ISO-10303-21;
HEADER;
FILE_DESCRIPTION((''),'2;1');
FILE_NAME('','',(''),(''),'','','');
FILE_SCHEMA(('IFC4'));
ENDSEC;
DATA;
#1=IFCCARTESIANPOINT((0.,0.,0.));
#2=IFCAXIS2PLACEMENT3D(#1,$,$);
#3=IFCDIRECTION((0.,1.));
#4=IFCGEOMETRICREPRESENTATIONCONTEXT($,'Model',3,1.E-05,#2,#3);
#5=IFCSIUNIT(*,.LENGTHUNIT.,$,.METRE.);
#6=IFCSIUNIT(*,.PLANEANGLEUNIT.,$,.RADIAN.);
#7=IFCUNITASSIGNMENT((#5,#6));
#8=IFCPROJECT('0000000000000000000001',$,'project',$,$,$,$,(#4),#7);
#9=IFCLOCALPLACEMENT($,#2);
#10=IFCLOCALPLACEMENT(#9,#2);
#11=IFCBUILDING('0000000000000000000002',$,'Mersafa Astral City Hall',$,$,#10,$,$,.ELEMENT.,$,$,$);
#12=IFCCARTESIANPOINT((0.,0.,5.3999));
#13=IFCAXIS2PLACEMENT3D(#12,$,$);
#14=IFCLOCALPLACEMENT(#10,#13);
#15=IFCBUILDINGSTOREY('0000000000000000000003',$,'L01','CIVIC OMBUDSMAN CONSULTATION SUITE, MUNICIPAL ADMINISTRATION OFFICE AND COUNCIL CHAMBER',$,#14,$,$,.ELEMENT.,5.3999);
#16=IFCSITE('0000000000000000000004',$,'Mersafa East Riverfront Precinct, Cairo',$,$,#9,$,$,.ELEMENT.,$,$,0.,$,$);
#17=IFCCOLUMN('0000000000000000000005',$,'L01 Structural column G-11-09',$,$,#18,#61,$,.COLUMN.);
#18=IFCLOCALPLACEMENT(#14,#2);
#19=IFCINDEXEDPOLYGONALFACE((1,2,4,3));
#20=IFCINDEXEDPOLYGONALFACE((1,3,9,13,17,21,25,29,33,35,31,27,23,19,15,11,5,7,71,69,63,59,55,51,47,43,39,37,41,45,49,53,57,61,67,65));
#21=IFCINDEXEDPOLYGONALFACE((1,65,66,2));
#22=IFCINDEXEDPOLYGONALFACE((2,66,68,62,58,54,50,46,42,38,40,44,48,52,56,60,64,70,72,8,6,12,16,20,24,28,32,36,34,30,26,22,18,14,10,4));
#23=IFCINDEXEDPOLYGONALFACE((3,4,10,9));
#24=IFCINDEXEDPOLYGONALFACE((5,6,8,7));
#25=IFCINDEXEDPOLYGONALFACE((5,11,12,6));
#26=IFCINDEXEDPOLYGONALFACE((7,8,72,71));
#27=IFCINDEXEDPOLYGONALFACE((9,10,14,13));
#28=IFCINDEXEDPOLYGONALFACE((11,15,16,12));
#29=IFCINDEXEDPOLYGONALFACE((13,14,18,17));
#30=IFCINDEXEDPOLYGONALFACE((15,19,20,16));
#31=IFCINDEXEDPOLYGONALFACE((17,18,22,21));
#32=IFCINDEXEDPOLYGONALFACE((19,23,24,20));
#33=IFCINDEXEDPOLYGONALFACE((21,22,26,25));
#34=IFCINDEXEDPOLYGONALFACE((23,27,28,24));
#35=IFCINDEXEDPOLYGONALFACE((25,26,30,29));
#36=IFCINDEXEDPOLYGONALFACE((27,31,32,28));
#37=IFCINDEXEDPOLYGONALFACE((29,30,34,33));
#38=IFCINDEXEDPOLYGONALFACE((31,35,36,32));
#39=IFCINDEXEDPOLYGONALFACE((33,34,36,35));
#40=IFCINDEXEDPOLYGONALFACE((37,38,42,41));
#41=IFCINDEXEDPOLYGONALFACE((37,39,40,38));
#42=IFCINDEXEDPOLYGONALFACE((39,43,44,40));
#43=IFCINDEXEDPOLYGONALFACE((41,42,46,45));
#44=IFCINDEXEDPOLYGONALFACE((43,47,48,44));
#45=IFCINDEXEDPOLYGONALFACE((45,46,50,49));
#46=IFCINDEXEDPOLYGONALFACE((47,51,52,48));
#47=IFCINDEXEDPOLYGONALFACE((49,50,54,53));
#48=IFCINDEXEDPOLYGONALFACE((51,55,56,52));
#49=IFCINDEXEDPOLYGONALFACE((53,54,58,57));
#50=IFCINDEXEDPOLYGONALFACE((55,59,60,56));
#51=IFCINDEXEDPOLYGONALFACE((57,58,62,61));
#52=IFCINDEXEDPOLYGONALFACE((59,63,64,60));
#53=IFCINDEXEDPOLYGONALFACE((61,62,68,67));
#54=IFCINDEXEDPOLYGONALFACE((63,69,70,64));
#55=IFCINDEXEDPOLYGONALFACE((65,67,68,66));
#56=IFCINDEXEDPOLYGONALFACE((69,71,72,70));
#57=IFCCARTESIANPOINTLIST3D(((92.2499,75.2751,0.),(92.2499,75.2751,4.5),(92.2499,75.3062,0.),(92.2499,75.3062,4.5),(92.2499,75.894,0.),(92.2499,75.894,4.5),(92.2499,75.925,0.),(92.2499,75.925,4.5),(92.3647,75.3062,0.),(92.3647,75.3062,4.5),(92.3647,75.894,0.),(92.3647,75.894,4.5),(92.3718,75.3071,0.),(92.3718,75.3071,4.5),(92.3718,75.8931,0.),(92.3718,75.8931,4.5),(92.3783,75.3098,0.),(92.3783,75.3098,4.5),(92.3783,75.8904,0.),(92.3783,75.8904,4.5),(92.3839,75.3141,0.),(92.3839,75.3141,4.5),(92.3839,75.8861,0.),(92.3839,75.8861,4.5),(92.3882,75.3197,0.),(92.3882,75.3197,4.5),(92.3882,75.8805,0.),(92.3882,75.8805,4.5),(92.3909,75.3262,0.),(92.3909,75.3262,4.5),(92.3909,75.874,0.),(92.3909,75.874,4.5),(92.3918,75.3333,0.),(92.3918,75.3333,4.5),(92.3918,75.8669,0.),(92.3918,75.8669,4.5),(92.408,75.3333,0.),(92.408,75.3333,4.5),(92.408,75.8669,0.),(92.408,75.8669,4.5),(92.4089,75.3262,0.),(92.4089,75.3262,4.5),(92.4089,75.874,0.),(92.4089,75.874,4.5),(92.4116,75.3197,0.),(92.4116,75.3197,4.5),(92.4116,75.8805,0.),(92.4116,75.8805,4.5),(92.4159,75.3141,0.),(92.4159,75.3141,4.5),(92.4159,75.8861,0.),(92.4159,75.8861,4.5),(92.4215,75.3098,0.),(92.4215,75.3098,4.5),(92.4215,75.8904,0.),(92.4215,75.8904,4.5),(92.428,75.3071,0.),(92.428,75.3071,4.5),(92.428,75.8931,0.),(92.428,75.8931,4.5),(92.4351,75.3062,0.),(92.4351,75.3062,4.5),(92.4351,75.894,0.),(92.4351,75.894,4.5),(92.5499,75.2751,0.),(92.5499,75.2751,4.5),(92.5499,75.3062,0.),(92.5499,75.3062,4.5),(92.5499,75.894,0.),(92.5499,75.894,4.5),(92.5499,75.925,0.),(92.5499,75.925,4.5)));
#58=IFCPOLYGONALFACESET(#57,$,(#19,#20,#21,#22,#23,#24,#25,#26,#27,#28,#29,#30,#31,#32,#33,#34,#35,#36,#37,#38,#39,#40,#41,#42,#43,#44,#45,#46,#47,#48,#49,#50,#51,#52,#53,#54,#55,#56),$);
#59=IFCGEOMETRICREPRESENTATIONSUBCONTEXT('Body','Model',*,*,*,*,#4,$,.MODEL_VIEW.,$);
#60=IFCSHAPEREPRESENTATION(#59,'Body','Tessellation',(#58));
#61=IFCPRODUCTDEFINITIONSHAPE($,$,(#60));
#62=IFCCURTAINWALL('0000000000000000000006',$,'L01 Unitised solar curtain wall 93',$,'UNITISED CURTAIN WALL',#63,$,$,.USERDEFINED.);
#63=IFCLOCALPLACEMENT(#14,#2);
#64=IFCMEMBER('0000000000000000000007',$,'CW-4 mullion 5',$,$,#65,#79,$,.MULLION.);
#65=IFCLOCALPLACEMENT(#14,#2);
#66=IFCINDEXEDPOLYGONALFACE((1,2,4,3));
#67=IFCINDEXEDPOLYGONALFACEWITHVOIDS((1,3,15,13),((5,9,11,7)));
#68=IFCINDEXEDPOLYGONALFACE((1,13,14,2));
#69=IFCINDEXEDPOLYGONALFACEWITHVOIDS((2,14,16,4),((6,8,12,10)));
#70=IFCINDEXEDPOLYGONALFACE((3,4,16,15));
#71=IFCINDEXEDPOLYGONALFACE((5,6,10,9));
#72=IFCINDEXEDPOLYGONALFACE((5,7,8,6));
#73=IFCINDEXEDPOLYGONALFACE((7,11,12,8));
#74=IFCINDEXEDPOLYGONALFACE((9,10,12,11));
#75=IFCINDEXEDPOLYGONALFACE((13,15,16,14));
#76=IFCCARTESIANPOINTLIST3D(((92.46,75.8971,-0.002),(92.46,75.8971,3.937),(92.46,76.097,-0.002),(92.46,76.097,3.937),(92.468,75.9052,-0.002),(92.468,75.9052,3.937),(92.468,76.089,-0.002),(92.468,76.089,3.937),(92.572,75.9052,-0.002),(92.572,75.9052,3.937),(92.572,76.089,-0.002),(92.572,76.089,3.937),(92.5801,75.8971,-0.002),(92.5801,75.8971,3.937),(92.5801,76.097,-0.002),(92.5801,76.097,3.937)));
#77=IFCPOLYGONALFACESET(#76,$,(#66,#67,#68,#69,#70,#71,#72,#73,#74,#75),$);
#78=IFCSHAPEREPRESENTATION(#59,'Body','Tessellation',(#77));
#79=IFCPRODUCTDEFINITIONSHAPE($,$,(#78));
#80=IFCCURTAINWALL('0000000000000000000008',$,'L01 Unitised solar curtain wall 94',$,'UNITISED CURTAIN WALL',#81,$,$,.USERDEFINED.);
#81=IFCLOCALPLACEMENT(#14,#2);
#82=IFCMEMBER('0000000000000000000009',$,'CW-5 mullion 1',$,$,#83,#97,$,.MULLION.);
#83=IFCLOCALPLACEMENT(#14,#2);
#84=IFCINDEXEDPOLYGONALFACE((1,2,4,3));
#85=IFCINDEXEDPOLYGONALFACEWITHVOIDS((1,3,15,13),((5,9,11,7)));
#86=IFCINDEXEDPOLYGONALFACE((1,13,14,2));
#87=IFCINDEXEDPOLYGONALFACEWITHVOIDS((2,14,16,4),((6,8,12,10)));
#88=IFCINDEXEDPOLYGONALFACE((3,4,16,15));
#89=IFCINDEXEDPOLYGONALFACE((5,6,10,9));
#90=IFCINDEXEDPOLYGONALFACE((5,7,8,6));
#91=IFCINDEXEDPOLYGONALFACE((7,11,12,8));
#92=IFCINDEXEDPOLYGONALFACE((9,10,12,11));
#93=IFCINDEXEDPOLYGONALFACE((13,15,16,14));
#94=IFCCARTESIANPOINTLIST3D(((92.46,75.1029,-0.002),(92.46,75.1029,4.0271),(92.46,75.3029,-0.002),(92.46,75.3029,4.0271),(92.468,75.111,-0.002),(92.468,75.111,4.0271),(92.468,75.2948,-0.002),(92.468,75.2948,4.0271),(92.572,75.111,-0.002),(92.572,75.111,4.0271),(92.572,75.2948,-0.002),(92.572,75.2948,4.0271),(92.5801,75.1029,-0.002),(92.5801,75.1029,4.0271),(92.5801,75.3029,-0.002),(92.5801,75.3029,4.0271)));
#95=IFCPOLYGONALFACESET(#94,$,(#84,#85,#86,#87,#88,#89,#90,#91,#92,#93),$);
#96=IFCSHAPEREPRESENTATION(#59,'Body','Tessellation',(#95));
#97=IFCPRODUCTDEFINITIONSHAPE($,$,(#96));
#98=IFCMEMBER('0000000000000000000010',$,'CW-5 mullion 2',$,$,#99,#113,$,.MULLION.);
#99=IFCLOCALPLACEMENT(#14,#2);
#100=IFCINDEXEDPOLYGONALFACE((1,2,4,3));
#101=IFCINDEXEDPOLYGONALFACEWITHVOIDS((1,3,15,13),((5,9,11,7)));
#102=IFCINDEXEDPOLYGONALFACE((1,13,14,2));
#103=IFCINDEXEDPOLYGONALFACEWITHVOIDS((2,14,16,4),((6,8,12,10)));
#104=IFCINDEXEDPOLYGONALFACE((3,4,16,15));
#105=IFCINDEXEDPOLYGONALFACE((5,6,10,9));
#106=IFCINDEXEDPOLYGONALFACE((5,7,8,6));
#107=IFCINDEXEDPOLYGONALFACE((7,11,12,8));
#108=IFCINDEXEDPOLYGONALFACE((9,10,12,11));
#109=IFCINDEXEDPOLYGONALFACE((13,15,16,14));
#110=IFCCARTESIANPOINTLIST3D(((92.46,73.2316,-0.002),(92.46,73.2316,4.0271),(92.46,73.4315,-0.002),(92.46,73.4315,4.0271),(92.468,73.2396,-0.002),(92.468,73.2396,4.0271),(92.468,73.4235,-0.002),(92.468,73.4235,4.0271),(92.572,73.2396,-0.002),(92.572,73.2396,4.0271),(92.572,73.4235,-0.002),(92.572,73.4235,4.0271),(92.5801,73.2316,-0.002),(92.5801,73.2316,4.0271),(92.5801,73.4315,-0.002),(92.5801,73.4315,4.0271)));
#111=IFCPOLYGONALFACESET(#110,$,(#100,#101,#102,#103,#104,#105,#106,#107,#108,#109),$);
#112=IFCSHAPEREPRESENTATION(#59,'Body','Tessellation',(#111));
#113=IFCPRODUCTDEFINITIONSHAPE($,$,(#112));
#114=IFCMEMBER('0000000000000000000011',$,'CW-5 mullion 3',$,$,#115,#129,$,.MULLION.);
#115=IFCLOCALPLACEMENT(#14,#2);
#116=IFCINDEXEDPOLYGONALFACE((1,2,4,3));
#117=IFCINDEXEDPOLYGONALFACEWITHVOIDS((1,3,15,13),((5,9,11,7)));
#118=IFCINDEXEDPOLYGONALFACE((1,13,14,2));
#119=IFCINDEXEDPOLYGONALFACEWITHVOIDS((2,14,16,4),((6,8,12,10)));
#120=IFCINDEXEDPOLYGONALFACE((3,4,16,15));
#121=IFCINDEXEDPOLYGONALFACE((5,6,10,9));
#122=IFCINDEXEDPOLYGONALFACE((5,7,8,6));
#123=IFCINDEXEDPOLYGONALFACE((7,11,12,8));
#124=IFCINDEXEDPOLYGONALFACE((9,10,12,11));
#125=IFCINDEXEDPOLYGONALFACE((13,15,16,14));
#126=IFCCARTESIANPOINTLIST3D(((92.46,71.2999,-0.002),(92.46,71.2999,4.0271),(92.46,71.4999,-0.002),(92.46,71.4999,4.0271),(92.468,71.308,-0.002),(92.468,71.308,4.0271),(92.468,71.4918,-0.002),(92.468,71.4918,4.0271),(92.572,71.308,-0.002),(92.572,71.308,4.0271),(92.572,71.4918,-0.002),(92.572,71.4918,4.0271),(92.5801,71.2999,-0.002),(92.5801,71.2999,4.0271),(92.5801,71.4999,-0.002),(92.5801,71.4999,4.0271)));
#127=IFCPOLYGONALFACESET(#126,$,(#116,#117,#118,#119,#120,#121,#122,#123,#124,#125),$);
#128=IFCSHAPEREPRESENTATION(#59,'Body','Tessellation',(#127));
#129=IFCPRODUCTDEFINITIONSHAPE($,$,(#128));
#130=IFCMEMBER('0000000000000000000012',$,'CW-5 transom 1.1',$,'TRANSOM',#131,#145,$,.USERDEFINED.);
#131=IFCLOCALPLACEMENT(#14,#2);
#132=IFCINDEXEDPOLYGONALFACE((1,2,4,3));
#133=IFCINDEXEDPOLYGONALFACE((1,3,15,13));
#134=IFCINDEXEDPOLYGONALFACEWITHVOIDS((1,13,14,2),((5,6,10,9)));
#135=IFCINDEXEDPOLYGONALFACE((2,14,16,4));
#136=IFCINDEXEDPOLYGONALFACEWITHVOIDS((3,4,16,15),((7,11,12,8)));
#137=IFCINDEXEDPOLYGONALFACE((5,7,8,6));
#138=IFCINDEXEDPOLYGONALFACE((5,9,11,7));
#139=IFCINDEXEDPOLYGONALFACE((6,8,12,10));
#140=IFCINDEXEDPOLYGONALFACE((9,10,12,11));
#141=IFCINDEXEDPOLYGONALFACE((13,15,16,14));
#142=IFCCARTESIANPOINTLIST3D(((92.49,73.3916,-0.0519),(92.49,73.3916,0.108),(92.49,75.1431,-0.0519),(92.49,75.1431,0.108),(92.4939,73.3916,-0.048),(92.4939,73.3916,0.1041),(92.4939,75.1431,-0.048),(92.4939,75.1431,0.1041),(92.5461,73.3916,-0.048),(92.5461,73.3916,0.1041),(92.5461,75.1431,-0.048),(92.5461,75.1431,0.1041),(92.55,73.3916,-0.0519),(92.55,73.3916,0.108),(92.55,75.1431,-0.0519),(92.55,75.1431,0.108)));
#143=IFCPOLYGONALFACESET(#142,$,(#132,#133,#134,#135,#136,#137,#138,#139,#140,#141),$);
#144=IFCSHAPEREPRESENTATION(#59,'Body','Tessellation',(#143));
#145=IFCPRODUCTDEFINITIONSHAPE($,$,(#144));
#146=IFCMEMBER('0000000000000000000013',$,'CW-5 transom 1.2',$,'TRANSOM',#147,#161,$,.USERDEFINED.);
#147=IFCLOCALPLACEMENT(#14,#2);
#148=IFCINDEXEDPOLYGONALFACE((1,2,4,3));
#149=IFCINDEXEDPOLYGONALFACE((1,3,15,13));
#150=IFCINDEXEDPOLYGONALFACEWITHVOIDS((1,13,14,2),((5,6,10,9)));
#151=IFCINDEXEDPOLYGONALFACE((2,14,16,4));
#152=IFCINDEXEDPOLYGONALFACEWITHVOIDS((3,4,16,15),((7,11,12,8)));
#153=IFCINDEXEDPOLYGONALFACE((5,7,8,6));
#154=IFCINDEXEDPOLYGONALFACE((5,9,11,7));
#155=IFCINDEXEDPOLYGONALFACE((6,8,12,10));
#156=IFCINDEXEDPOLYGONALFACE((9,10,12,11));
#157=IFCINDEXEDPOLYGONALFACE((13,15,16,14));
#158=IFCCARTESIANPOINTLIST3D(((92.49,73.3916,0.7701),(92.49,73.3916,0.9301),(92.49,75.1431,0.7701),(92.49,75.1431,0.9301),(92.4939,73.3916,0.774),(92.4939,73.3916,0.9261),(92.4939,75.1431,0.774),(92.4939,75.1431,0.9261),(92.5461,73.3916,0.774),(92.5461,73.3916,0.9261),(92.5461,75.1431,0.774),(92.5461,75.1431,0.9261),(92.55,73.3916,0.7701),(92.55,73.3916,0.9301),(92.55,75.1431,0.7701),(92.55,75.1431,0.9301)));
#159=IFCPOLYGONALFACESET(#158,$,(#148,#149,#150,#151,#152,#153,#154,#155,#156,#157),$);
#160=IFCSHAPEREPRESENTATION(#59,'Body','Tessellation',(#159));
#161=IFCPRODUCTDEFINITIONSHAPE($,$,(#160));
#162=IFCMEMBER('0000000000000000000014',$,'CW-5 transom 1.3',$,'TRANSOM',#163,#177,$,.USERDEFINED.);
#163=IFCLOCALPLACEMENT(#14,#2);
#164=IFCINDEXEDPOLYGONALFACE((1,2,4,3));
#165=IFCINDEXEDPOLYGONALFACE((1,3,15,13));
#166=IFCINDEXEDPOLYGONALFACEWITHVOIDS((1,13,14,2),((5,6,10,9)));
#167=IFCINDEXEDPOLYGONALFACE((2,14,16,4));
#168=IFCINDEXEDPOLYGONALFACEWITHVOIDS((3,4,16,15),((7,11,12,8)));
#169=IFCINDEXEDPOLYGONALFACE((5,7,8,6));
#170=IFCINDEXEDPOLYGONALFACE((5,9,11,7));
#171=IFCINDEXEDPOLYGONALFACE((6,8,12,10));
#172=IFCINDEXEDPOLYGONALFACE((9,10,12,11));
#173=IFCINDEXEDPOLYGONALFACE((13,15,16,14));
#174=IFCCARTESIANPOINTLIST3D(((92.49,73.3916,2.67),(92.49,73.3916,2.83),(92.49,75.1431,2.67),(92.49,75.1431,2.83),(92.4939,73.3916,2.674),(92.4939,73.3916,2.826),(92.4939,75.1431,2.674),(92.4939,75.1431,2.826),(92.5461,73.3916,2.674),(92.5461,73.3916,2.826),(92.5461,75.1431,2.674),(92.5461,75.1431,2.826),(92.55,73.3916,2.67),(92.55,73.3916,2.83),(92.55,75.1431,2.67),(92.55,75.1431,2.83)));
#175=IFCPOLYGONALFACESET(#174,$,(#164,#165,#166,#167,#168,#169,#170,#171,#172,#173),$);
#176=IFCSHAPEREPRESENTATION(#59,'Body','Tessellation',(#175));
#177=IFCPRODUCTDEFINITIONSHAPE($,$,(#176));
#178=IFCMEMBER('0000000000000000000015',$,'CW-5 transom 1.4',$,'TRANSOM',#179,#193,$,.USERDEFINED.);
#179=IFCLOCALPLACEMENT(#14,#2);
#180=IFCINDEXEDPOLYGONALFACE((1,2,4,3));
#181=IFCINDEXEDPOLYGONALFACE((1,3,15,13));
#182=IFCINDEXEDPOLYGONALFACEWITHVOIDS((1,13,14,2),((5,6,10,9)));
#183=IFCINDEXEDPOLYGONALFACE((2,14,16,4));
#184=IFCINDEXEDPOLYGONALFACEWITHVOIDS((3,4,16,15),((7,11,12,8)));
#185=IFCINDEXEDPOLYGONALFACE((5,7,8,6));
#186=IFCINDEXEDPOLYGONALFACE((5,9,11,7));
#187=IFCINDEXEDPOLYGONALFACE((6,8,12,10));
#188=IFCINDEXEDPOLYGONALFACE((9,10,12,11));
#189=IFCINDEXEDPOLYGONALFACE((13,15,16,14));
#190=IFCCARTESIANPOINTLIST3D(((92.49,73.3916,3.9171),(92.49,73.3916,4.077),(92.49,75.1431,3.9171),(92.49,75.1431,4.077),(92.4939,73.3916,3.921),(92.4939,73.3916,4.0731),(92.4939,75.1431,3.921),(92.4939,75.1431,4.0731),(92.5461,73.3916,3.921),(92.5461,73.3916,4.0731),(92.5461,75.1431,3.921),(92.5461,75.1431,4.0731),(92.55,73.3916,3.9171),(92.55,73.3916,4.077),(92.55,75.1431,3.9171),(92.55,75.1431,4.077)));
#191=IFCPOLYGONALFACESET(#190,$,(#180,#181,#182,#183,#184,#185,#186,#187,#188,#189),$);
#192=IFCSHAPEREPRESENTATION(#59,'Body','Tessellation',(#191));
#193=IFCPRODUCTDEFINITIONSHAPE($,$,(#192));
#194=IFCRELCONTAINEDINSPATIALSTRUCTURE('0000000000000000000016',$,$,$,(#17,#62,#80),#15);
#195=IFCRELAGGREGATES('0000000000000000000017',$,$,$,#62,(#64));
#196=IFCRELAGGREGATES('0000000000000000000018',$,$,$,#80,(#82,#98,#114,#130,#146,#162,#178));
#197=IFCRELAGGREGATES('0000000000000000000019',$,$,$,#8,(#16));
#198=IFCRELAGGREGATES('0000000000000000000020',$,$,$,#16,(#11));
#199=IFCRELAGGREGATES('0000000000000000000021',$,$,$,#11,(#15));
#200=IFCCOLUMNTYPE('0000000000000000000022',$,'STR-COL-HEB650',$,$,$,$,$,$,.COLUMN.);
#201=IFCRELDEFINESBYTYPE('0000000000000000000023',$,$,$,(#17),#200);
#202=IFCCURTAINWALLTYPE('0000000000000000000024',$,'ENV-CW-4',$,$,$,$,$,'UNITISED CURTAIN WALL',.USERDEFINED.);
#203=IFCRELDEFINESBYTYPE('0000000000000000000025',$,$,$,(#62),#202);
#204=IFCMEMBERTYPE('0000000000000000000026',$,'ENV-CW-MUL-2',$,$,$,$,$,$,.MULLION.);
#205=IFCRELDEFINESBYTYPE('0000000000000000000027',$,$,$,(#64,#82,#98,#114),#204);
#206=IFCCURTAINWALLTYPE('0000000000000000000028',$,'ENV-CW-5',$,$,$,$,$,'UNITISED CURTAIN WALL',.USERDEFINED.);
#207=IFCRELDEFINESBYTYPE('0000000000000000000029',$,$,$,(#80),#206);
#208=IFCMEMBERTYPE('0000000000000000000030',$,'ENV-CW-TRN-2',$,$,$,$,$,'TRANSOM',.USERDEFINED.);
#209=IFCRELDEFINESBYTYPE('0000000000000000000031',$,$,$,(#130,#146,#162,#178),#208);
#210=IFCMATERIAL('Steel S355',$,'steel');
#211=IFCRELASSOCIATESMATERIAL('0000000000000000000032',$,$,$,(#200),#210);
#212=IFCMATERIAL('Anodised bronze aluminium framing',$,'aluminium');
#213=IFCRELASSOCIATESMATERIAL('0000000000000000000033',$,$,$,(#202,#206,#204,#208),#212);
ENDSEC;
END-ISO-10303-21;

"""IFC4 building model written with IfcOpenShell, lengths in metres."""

from ifc_helpers import new_model, si_unit, direction, frame, origin, origin_2d, place, context, subcontext, project, spatial, hollow_rectangle, i_section, extrude, material, material_profile, profile_set, type_object, element, aggregate, save


model = new_model("IFC4")

# Units and contexts
model_context = context("Model", 3, precision=1e-05, world=origin(), true_north=direction((0.0, 1.0)))
body_context = subcontext(model_context, "Body", "Model", "MODEL_VIEW")
ifc_project = project(units=[si_unit("LENGTHUNIT", "METRE"), si_unit("PLANEANGLEUNIT", "RADIAN")], contexts=[model_context])

# Site, building, storey
site_placement = place(None, origin())
site = spatial("IfcSite", under=ifc_project, at=site_placement, Name="Mersafa East Riverfront Precinct, Cairo", CompositionType="ELEMENT", RefElevation=0.0)
building_placement = place(site_placement, origin())
building = spatial("IfcBuilding", under=site, at=building_placement, Name="Mersafa Astral City Hall", CompositionType="ELEMENT")
storey_placement = place(building_placement, frame((0.0, 0.0, 5.3999)))
storey = spatial("IfcBuildingStorey", under=building, at=storey_placement, Name="L01", Description="CIVIC OMBUDSMAN CONSULTATION SUITE, MUNICIPAL ADMINISTRATION OFFICE AND COUNCIL CHAMBER", CompositionType="ELEMENT", Elevation=5.3999)

# Column
ifc_material_1 = material(Name="Steel S355", Category="steel")
ifc_material_profile_1 = material_profile(ifc_material_1, i_section(OverallWidth=0.3, OverallDepth=0.6499, WebThickness=0.0161, FlangeThickness=0.031, FilletRadius=0.0271, at=origin_2d()), Name="HEB 650")
ifc_profile_set_1 = profile_set([ifc_material_profile_1], Name="Steel S355")
column_type = type_object("IfcColumnType", Name="STR-COL-HEB650", PredefinedType="COLUMN", material=ifc_profile_set_1)
column_placement = place(storey_placement, frame((92.3999, 75.6001, 0.0), z_axis=(0.0, 0.0, 1.0), x_axis=(1.0, 0.0, 0.0)))
element("IfcColumn", 1, at=column_placement, inside=storey, type_object=column_type, Name="L01 Structural column G-11-09", PredefinedType="COLUMN", context=body_context, shape_type="SweptSolid", body=[
    extrude(i_section(OverallWidth=0.3, OverallDepth=0.6499, WebThickness=0.0161, FlangeThickness=0.031, FilletRadius=0.0271, at=origin_2d()), origin(), (0.0, 0.0, 1.0), 4.5),
])

# Curtain wall, member
ifc_material_2 = material(Name="Anodised bronze aluminium framing", Category="aluminium")
curtain_wall_type_1 = type_object("IfcCurtainWallType", Name="ENV-CW-4", ElementType="UNITISED CURTAIN WALL", PredefinedType="USERDEFINED", material=ifc_material_2)
curtain_wall_1_placement = place(storey_placement, origin())
curtain_wall_1 = element("IfcCurtainWall", 2, at=curtain_wall_1_placement, inside=storey, type_object=curtain_wall_type_1, Name="L01 Unitised solar curtain wall 93", ObjectType="UNITISED CURTAIN WALL", PredefinedType="USERDEFINED")
ifc_material_profile_2 = material_profile(ifc_material_2, hollow_rectangle(XDim=0.1201, YDim=0.2, WallThickness=0.0081, at=origin_2d()), Name="RHS 120x200x8")
ifc_profile_set_2 = profile_set([ifc_material_profile_2], Name="Anodised bronze aluminium framing")
member_type_1 = type_object("IfcMemberType", Name="ENV-CW-MUL-2", PredefinedType="MULLION", material=ifc_profile_set_2)
member_1_placement = place(storey_placement, frame((92.52, 75.9971, -0.002), z_axis=(0.0, 0.0, 1.0), x_axis=(1.0, 0.0, 0.0)))
member_1 = element("IfcMember", 3, at=member_1_placement, type_object=member_type_1, Name="CW-4 mullion 5", PredefinedType="MULLION", context=body_context, shape_type="SweptSolid", body=[
    extrude(hollow_rectangle(XDim=0.1201, YDim=0.2, WallThickness=0.0081, at=origin_2d()), origin(), (0.0, 0.0, 1.0), 3.939),
])
aggregate(curtain_wall_1, [member_1])

# Curtain wall, members
curtain_wall_type_2 = type_object("IfcCurtainWallType", Name="ENV-CW-5", ElementType="UNITISED CURTAIN WALL", PredefinedType="USERDEFINED", material=ifc_material_2)
curtain_wall_2_placement = place(storey_placement, origin())
curtain_wall_2 = element("IfcCurtainWall", 4, at=curtain_wall_2_placement, inside=storey, type_object=curtain_wall_type_2, Name="L01 Unitised solar curtain wall 94", ObjectType="UNITISED CURTAIN WALL", PredefinedType="USERDEFINED")
member_2_placement = place(storey_placement, frame((92.52, 75.2029, -0.002), z_axis=(0.0, 0.0, 1.0), x_axis=(1.0, 0.0, 0.0)))
member_2 = element("IfcMember", 5, at=member_2_placement, type_object=member_type_1, Name="CW-5 mullion 1", PredefinedType="MULLION", context=body_context, shape_type="SweptSolid", body=[
    extrude(hollow_rectangle(XDim=0.1201, YDim=0.2, WallThickness=0.0081, at=origin_2d()), origin(), (0.0, 0.0, 1.0), 4.0291),
])
member_3_placement = place(storey_placement, frame((92.52, 73.3315, -0.002), z_axis=(0.0, 0.0, 1.0), x_axis=(1.0, 0.0, 0.0)))
member_3 = element("IfcMember", 6, at=member_3_placement, type_object=member_type_1, Name="CW-5 mullion 2", PredefinedType="MULLION", context=body_context, shape_type="SweptSolid", body=[
    extrude(hollow_rectangle(XDim=0.1201, YDim=0.2, WallThickness=0.0081, at=origin_2d()), origin(), (0.0, 0.0, 1.0), 4.0291),
])
member_4_placement = place(storey_placement, frame((92.52, 71.3999, -0.002), z_axis=(0.0, 0.0, 1.0), x_axis=(1.0, 0.0, 0.0)))
member_4 = element("IfcMember", 7, at=member_4_placement, type_object=member_type_1, Name="CW-5 mullion 3", PredefinedType="MULLION", context=body_context, shape_type="SweptSolid", body=[
    extrude(hollow_rectangle(XDim=0.1201, YDim=0.2, WallThickness=0.0081, at=origin_2d()), origin(), (0.0, 0.0, 1.0), 4.0291),
])
ifc_material_profile_3 = material_profile(ifc_material_2, hollow_rectangle(XDim=0.0601, YDim=0.1599, WallThickness=0.0039, at=origin_2d()), Name="RHS 60x160x4")
ifc_profile_set_3 = profile_set([ifc_material_profile_3], Name="Anodised bronze aluminium framing")
member_type_2 = type_object("IfcMemberType", Name="ENV-CW-TRN-2", ElementType="TRANSOM", PredefinedType="USERDEFINED", material=ifc_profile_set_3)
member_5_placement = place(storey_placement, frame((92.52, 75.1431, 0.0281), z_axis=(0.0, -1.0, 0.0), x_axis=(1.0, 0.0, 0.0)))
member_5 = element("IfcMember", 8, at=member_5_placement, type_object=member_type_2, Name="CW-5 transom 1.1", ObjectType="TRANSOM", PredefinedType="USERDEFINED", context=body_context, shape_type="SweptSolid", body=[
    extrude(hollow_rectangle(XDim=0.0601, YDim=0.1599, WallThickness=0.0039, at=origin_2d()), origin(), (0.0, 0.0, 1.0), 1.7515),
])
member_6_placement = place(storey_placement, frame((92.52, 75.1431, 0.8501), z_axis=(0.0, -1.0, 0.0), x_axis=(1.0, 0.0, 0.0)))
member_6 = element("IfcMember", 9, at=member_6_placement, type_object=member_type_2, Name="CW-5 transom 1.2", ObjectType="TRANSOM", PredefinedType="USERDEFINED", context=body_context, shape_type="SweptSolid", body=[
    extrude(hollow_rectangle(XDim=0.0601, YDim=0.1599, WallThickness=0.0039, at=origin_2d()), origin(), (0.0, 0.0, 1.0), 1.7515),
])
member_7_placement = place(storey_placement, frame((92.52, 75.1431, 2.75), z_axis=(0.0, -1.0, 0.0), x_axis=(1.0, 0.0, 0.0)))
member_7 = element("IfcMember", 10, at=member_7_placement, type_object=member_type_2, Name="CW-5 transom 1.3", ObjectType="TRANSOM", PredefinedType="USERDEFINED", context=body_context, shape_type="SweptSolid", body=[
    extrude(hollow_rectangle(XDim=0.0601, YDim=0.1599, WallThickness=0.0039, at=origin_2d()), origin(), (0.0, 0.0, 1.0), 1.7515),
])
member_8_placement = place(storey_placement, frame((92.52, 75.1431, 3.9971), z_axis=(0.0, -1.0, 0.0), x_axis=(1.0, 0.0, 0.0)))
member_8 = element("IfcMember", 11, at=member_8_placement, type_object=member_type_2, Name="CW-5 transom 1.4", ObjectType="TRANSOM", PredefinedType="USERDEFINED", context=body_context, shape_type="SweptSolid", body=[
    extrude(hollow_rectangle(XDim=0.0601, YDim=0.1599, WallThickness=0.0039, at=origin_2d()), origin(), (0.0, 0.0, 1.0), 1.7515),
])

aggregate(curtain_wall_2, [member_2, member_3, member_4, member_5, member_6, member_7, member_8])

save(model, "model.ifc")
